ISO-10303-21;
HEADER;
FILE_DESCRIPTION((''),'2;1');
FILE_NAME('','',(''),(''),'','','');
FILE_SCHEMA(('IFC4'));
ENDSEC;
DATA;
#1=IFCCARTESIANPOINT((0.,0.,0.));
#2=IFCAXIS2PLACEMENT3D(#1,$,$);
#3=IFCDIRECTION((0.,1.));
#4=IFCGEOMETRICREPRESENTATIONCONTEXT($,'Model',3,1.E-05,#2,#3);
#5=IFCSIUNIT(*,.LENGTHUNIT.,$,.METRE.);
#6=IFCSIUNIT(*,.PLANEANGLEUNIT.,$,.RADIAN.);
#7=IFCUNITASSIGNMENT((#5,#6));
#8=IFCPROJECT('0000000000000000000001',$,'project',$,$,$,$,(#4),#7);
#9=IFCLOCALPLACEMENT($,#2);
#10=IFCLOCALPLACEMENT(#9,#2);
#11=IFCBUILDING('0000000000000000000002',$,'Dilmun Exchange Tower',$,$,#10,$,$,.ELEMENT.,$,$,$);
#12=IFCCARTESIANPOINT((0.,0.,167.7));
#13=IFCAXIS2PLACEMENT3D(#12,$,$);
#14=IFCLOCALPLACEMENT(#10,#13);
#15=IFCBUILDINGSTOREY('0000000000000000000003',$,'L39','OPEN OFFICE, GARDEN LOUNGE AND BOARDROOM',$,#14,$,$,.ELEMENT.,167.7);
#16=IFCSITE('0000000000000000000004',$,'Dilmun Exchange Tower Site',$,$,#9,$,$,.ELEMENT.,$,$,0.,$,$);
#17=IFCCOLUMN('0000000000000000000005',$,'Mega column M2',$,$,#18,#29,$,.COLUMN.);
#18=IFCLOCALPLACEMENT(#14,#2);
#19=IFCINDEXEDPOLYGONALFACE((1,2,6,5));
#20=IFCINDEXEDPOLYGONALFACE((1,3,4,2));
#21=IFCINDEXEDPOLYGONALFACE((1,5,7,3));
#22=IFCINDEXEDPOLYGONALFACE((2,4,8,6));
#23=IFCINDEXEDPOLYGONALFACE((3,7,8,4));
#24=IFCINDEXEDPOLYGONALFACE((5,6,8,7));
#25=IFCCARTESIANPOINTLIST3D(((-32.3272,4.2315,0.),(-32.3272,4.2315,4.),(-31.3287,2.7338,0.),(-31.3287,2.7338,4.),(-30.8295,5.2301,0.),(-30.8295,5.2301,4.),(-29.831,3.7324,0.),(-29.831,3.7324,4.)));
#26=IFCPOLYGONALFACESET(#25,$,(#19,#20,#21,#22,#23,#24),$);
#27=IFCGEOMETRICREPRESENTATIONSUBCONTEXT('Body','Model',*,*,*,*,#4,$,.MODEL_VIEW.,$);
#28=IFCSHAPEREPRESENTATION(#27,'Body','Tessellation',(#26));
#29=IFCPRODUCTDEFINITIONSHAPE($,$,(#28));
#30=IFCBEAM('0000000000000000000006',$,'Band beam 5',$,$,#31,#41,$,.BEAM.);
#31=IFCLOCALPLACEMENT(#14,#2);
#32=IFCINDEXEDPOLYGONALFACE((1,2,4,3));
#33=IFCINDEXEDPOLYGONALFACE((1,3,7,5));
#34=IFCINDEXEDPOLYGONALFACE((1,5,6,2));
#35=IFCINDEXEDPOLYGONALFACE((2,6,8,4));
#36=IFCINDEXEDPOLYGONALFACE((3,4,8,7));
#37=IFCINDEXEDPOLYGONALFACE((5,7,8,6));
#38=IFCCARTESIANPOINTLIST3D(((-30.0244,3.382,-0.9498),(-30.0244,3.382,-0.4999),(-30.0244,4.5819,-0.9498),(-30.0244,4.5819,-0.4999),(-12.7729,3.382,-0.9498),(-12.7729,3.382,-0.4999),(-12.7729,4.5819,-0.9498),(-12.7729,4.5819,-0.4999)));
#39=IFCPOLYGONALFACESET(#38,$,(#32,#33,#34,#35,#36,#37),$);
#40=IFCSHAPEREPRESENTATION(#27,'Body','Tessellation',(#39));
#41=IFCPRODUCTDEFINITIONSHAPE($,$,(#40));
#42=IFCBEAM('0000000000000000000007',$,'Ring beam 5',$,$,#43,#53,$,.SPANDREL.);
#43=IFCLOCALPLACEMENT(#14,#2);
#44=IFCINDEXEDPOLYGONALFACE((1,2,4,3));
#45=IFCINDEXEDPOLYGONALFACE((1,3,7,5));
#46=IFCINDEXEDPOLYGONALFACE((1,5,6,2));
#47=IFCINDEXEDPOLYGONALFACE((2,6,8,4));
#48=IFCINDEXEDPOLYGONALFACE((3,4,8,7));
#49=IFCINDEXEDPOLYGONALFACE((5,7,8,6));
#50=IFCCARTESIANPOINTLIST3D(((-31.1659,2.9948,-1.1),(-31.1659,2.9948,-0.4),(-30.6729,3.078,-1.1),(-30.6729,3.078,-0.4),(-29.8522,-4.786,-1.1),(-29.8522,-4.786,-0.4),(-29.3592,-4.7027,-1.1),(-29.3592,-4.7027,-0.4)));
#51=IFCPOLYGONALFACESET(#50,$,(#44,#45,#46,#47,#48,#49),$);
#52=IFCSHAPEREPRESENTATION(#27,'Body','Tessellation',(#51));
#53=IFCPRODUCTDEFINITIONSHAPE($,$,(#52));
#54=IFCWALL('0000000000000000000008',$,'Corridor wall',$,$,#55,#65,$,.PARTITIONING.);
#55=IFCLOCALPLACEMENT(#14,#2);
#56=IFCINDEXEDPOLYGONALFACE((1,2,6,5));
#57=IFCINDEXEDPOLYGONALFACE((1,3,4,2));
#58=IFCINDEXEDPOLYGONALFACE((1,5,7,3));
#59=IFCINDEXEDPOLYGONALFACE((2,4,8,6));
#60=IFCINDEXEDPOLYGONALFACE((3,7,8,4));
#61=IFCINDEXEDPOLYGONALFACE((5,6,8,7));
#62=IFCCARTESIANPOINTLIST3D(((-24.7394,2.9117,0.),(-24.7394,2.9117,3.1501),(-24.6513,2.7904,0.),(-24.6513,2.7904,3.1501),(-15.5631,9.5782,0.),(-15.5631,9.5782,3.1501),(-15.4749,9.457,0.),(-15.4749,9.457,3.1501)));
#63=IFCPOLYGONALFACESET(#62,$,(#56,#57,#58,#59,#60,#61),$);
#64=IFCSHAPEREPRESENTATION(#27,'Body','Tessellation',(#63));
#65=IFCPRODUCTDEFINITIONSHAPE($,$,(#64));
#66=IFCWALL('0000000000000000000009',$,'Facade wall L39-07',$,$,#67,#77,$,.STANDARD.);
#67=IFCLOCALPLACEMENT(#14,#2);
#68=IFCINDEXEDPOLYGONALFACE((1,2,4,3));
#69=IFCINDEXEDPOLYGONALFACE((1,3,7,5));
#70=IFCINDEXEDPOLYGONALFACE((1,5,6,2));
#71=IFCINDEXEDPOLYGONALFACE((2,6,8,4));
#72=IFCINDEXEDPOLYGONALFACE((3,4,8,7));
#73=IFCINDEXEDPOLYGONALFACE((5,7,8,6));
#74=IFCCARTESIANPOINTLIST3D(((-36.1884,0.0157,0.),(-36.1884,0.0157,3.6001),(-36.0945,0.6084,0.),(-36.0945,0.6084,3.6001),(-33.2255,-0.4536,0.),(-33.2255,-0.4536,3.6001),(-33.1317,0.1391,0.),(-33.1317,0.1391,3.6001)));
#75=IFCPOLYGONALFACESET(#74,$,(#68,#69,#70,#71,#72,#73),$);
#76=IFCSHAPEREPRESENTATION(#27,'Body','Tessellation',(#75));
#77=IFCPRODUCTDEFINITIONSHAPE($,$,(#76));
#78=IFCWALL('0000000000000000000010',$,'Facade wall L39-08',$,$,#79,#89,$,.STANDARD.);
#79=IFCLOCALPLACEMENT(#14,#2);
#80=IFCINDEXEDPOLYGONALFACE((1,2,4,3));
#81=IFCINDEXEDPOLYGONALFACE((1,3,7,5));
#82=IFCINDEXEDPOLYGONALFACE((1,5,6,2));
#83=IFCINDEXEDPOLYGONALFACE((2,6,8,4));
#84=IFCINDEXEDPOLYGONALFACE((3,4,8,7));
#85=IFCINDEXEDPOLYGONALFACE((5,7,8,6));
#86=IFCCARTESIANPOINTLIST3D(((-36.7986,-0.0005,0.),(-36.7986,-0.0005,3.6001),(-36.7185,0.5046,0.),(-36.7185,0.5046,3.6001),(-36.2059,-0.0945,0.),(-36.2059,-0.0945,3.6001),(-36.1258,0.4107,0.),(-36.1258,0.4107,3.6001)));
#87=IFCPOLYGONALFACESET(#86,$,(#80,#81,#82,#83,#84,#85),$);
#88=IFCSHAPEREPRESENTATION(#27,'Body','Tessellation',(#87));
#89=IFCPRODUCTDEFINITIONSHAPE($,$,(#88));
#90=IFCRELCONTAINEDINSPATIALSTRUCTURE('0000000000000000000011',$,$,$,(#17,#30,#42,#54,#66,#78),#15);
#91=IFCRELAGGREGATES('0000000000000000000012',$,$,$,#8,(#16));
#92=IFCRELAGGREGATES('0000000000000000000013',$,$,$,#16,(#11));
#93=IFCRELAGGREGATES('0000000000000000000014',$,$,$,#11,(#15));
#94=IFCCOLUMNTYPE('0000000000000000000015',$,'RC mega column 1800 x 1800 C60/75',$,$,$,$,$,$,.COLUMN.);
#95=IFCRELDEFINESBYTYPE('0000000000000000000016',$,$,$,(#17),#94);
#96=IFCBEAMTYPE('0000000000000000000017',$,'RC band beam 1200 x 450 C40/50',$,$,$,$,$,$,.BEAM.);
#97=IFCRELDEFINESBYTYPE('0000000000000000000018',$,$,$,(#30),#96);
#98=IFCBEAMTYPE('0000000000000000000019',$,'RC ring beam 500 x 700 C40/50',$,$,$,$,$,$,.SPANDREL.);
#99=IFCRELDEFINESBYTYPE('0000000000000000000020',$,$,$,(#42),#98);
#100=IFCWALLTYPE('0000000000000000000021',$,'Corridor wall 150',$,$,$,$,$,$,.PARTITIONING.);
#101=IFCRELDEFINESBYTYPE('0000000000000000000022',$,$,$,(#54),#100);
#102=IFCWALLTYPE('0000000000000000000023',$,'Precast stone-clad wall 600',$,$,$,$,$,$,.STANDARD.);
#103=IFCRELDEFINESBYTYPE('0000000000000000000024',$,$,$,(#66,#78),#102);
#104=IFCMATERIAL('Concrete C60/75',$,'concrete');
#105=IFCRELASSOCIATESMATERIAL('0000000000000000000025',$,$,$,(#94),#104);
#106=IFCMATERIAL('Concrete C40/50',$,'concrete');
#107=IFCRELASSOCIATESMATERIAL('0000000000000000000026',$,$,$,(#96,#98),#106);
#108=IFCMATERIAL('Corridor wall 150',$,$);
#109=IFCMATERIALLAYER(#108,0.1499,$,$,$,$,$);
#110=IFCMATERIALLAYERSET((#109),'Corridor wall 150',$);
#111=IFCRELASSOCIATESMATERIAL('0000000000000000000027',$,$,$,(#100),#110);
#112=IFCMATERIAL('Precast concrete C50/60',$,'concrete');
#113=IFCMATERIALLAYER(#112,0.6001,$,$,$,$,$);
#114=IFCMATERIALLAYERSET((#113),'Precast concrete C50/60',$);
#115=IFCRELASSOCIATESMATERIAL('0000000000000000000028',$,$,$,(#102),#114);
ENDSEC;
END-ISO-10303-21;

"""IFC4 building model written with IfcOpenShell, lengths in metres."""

from ifc_helpers import new_model, si_unit, direction, frame, frame_2d, origin, origin_2d, place, context, subcontext, project, spatial, rectangle, extrude, material, layer, layer_set, material_profile, profile_set, type_object, element, save


model = new_model("IFC4")

# Units and contexts
model_context = context("Model", 3, precision=1e-05, world=origin(), true_north=direction((0.0, 1.0)))
body_context = subcontext(model_context, "Body", "Model", "MODEL_VIEW")
ifc_project = project(units=[si_unit("LENGTHUNIT", "METRE"), si_unit("PLANEANGLEUNIT", "RADIAN")], contexts=[model_context])

# Site, building, storey
site_placement = place(None, origin())
site = spatial("IfcSite", under=ifc_project, at=site_placement, Name="Dilmun Exchange Tower Site", CompositionType="ELEMENT", RefElevation=0.0)
building_placement = place(site_placement, origin())
building = spatial("IfcBuilding", under=site, at=building_placement, Name="Dilmun Exchange Tower", CompositionType="ELEMENT")
storey_placement = place(building_placement, frame((0.0, 0.0, 167.7)))
storey = spatial("IfcBuildingStorey", under=building, at=storey_placement, Name="L39", Description="OPEN OFFICE, GARDEN LOUNGE AND BOARDROOM", CompositionType="ELEMENT", Elevation=167.7)

# Column
ifc_material_1 = material(Name="Concrete C60/75", Category="concrete")
ifc_material_profile_1 = material_profile(ifc_material_1, rectangle(XDim=1.8, YDim=1.8, at=origin_2d()), Name="1800 x 1800")
ifc_profile_set_1 = profile_set([ifc_material_profile_1], Name="Concrete C60/75")
column_type = type_object("IfcColumnType", Name="RC mega column 1800 x 1800 C60/75", PredefinedType="COLUMN", material=ifc_profile_set_1)
column_placement = place(storey_placement, frame((-31.0791, 3.9819, 0.0), z_axis=(0.0, 0.0, 1.0), x_axis=(0.832029, 0.554733, 0.0)))
element("IfcColumn", 1, at=column_placement, inside=storey, type_object=column_type, Name="Mega column M2", PredefinedType="COLUMN", context=body_context, shape_type="SweptSolid", body=[
    extrude(rectangle(XDim=1.8, YDim=1.8, at=origin_2d()), origin(), (0.0, 0.0, 1.0), 4.0),
])

# Beams
ifc_material_2 = material(Name="Concrete C40/50", Category="concrete")
ifc_material_profile_2 = material_profile(ifc_material_2, rectangle(XDim=1.2, YDim=0.45, at=origin_2d()), Name="1200 x 450")
ifc_profile_set_2 = profile_set([ifc_material_profile_2], Name="Concrete C40/50")
beam_type_1 = type_object("IfcBeamType", Name="RC band beam 1200 x 450 C40/50", PredefinedType="BEAM", material=ifc_profile_set_2)
beam_1_placement = place(storey_placement, frame((-30.0244, 3.9819, -0.7249), z_axis=(1.0, 0.0, 0.0), x_axis=(0.0, 1.0, 0.0)))
element("IfcBeam", 2, at=beam_1_placement, inside=storey, type_object=beam_type_1, Name="Band beam 5", PredefinedType="BEAM", context=body_context, shape_type="SweptSolid", body=[
    extrude(rectangle(XDim=1.2, YDim=0.45, at=origin_2d()), origin(), (0.0, 0.0, 1.0), 17.2515),
])
ifc_material_profile_3 = material_profile(ifc_material_2, rectangle(XDim=0.5, YDim=0.7, at=origin_2d()), Name="500 x 700")
ifc_profile_set_3 = profile_set([ifc_material_profile_3], Name="Concrete C40/50")
beam_type_2 = type_object("IfcBeamType", Name="RC ring beam 500 x 700 C40/50", PredefinedType="SPANDREL", material=ifc_profile_set_3)
beam_2_placement = place(storey_placement, frame((-30.9194, 3.0364, -0.75), z_axis=(0.166486, -0.986044, 0.0), x_axis=(0.986044, 0.166486, 0.0)))
element("IfcBeam", 3, at=beam_2_placement, inside=storey, type_object=beam_type_2, Name="Ring beam 5", PredefinedType="SPANDREL", context=body_context, shape_type="SweptSolid", body=[
    extrude(rectangle(XDim=0.5, YDim=0.7, at=origin_2d()), origin(), (0.0, 0.0, 1.0), 7.8909),
])

# Walls
ifc_material_3 = material(Name="Corridor wall 150")
ifc_layer_1 = layer(ifc_material_3, 0.1499)
ifc_layer_set_1 = layer_set([ifc_layer_1], Name="Corridor wall 150")
wall_type_1 = type_object("IfcWallType", Name="Corridor wall 150", PredefinedType="PARTITIONING", material=ifc_layer_set_1)
wall_1_placement = place(storey_placement, frame((-24.6953, 2.8511, 0.0), z_axis=(0.0, 0.0, 1.0), x_axis=(0.809036, 0.58776, 0.0)))
element("IfcWall", 4, at=wall_1_placement, inside=storey, type_object=wall_type_1, Name="Corridor wall", PredefinedType="PARTITIONING", context=body_context, shape_type="SweptSolid", body=[
    extrude(rectangle(XDim=11.3423, YDim=0.1499, at=frame_2d((5.6711, 0.0))), origin(), (0.0, 0.0, 1.0), 3.1501),
])
ifc_material_4 = material(Name="Precast concrete C50/60", Category="concrete")
ifc_layer_2 = layer(ifc_material_4, 0.6001)
ifc_layer_set_2 = layer_set([ifc_layer_2], Name="Precast concrete C50/60")
wall_type_2 = type_object("IfcWallType", Name="Precast stone-clad wall 600", PredefinedType="STANDARD", material=ifc_layer_set_2)
wall_2_placement = place(storey_placement, frame((-33.1785, -0.1572, 0.0), z_axis=(0.0, 0.0, 1.0), x_axis=(-0.98769, 0.156422, 0.0)))
element("IfcWall", 5, at=wall_2_placement, inside=storey, type_object=wall_type_2, Name="Facade wall L39-07", PredefinedType="STANDARD", context=body_context, shape_type="SweptSolid", body=[
    extrude(rectangle(XDim=2.9998, YDim=0.6001, at=frame_2d((1.5, 0.0))), origin(), (0.0, 0.0, 1.0), 3.6001),
])
wall_3_placement = place(storey_placement, frame((-36.4221, 0.4578, 0.0), z_axis=(0.0, 0.0, 1.0), x_axis=(-0.156575, -0.987666, 0.0)))
element("IfcWall", 6, at=wall_3_placement, inside=storey, type_object=wall_type_2, Name="Facade wall L39-08", PredefinedType="STANDARD", context=body_context, shape_type="SweptSolid", body=[
    extrude(rectangle(XDim=0.5115, YDim=0.6001, at=frame_2d((0.2559, 0.0))), origin(), (0.0, 0.0, 1.0), 3.6001),
])

save(model, "model.ifc")
